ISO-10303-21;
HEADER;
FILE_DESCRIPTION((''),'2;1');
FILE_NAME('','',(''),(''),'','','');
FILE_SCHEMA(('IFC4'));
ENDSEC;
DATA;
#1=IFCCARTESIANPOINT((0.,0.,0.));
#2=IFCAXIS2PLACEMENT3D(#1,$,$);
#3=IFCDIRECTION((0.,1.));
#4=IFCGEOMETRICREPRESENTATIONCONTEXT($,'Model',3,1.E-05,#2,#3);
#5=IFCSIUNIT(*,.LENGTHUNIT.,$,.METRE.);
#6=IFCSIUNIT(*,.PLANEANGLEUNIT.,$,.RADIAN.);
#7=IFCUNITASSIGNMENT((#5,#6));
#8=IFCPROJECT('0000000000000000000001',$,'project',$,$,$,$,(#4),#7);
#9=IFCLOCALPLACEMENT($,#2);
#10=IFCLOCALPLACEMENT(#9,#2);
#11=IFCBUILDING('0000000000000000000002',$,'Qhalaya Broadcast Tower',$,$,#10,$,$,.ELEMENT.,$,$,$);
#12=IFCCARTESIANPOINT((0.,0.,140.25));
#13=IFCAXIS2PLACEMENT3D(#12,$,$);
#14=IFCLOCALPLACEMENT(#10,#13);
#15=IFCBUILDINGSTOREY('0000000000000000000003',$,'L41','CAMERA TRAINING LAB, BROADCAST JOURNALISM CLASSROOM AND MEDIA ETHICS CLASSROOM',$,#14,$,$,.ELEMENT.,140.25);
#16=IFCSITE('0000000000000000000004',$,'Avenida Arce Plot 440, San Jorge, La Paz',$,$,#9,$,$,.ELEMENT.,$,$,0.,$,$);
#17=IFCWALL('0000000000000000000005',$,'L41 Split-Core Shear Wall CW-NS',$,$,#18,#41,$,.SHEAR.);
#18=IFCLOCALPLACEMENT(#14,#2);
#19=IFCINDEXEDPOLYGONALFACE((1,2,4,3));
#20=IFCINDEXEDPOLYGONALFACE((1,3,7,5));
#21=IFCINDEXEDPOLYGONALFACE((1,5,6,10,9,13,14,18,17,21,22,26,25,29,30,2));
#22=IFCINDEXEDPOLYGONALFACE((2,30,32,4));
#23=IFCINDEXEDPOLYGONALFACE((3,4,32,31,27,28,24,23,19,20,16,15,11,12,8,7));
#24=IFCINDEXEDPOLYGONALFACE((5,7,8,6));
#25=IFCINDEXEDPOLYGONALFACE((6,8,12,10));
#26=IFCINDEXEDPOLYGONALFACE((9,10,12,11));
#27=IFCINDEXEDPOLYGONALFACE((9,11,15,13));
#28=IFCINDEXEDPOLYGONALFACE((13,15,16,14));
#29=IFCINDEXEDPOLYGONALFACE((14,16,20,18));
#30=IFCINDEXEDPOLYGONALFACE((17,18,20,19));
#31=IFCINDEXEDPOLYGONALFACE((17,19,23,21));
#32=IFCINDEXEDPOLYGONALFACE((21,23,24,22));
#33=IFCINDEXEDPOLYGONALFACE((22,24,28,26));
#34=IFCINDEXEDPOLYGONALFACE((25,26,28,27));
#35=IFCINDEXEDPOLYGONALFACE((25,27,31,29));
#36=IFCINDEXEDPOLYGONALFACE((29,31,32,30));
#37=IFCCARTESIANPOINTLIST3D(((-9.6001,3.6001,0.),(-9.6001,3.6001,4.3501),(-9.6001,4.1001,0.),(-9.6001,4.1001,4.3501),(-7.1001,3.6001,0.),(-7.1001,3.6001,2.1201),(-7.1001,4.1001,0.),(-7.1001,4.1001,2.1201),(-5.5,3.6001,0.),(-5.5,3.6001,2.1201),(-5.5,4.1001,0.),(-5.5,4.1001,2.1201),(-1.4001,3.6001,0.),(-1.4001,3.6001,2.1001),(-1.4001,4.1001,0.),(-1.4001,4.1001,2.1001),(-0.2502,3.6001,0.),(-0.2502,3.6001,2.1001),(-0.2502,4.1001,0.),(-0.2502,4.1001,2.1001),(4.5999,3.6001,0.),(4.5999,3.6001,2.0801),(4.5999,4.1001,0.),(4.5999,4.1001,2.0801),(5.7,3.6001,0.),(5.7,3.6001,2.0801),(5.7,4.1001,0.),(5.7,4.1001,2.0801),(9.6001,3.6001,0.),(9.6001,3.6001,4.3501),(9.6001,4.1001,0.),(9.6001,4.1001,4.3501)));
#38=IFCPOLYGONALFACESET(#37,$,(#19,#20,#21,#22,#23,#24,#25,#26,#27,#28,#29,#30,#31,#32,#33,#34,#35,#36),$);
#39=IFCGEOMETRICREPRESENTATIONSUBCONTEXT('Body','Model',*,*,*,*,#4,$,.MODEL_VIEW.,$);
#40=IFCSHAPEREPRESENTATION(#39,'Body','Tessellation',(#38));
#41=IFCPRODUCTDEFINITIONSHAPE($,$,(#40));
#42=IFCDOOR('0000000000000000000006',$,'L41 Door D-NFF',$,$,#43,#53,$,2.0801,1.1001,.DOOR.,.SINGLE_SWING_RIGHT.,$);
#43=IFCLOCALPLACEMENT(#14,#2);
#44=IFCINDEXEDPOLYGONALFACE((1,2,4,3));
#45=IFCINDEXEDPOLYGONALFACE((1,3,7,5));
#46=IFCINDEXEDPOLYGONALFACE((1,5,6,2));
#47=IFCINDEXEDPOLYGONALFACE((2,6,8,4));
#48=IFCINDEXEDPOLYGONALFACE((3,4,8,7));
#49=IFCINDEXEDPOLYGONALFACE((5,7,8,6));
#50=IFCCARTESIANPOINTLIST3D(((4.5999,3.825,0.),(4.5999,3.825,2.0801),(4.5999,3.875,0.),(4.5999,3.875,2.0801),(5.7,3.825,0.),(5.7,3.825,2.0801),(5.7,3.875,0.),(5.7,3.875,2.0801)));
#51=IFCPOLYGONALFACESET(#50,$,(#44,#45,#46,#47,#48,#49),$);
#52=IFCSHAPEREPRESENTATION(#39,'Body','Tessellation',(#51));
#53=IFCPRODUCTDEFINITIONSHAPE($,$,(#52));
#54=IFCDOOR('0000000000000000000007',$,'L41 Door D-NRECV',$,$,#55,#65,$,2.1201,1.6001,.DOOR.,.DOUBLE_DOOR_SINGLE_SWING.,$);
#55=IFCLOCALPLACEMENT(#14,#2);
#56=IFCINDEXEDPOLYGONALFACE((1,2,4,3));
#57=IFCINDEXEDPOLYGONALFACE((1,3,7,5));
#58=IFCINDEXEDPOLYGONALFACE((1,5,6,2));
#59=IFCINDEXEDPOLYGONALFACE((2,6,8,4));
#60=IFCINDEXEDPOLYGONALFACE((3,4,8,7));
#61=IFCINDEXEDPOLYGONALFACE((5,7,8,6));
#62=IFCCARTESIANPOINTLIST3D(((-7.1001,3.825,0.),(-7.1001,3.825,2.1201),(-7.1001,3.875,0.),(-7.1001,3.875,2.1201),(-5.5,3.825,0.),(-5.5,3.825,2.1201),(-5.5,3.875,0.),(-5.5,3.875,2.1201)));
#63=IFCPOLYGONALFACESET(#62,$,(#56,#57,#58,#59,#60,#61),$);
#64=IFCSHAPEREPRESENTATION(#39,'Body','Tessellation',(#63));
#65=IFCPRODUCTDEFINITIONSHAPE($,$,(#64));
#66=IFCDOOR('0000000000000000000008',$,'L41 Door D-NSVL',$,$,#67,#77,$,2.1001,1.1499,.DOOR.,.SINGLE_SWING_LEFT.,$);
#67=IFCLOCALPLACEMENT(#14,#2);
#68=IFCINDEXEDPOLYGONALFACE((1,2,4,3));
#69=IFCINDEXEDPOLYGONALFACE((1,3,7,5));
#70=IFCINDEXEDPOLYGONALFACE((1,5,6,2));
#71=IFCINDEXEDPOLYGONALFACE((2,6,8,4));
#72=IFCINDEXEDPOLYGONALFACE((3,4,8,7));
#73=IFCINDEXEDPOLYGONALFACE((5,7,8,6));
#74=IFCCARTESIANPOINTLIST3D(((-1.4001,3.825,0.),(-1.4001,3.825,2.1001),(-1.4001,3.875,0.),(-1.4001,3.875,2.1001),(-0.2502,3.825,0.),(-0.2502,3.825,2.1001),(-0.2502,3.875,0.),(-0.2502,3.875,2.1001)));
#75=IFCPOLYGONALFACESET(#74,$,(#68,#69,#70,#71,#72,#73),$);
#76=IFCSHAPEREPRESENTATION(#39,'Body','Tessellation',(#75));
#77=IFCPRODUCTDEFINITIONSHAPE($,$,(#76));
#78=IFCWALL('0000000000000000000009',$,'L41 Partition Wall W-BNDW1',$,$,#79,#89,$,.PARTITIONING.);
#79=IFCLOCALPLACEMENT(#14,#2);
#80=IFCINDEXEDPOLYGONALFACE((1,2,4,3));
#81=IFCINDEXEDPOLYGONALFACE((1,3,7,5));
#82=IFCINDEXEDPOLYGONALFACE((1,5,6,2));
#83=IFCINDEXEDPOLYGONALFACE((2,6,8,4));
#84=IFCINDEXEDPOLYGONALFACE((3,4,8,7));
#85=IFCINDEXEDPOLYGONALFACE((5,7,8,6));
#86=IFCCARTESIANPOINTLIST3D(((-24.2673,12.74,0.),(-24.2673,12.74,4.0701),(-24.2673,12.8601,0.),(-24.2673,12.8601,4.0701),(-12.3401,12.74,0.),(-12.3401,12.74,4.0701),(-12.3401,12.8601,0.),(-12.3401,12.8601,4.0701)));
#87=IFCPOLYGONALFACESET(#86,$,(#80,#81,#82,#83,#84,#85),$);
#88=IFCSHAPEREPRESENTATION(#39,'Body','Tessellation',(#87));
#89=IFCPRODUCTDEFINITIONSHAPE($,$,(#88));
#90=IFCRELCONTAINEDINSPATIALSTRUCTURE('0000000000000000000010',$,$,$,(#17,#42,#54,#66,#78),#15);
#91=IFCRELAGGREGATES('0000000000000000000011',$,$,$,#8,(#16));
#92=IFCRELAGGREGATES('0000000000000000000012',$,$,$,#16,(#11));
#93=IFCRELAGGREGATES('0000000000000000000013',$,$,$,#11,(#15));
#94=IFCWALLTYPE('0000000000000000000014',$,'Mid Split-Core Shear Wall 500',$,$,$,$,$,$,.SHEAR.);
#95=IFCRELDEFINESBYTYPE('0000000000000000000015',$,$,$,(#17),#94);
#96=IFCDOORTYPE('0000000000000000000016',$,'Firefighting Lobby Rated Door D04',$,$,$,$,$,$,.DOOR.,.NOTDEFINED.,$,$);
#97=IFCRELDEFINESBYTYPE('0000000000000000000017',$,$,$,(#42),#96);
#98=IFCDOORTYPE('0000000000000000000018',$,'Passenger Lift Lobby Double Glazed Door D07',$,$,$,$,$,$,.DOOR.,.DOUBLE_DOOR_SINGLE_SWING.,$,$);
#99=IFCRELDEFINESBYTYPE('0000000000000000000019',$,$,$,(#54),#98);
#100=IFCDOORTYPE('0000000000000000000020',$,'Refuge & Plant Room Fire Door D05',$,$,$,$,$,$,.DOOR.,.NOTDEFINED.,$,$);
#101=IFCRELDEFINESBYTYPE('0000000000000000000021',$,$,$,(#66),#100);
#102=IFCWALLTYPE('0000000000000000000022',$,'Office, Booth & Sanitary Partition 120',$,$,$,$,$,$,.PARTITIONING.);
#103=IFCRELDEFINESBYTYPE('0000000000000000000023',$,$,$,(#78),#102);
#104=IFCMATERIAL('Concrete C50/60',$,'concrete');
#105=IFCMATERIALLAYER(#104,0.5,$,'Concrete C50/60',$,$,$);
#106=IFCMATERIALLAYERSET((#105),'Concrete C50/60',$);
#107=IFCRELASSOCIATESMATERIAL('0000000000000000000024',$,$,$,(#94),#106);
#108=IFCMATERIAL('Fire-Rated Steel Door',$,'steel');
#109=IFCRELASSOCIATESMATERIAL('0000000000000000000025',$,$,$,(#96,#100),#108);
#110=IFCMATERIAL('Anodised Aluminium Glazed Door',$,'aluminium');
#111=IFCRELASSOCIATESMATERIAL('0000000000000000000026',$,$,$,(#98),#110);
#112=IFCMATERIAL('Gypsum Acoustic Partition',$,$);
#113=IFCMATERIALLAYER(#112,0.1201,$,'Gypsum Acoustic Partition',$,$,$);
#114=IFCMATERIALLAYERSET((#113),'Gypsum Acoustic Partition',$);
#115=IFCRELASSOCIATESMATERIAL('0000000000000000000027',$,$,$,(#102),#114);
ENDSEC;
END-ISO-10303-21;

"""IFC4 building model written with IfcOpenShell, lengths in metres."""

from ifc_helpers import new_model, si_unit, direction, frame, frame_2d, origin, place, context, subcontext, project, spatial, rectangle, extrude, material, layer, layer_set, type_object, element, fill, save


model = new_model("IFC4")

# Units and contexts
model_context = context("Model", 3, precision=1e-05, world=origin(), true_north=direction((0.0, 1.0)))
body_context = subcontext(model_context, "Body", "Model", "MODEL_VIEW")
ifc_project = project(units=[si_unit("LENGTHUNIT", "METRE"), si_unit("PLANEANGLEUNIT", "RADIAN")], contexts=[model_context])

# Site, building, storey
site_placement = place(None, origin())
site = spatial("IfcSite", under=ifc_project, at=site_placement, Name="Avenida Arce Plot 440, San Jorge, La Paz", CompositionType="ELEMENT", RefElevation=0.0)
building_placement = place(site_placement, origin())
building = spatial("IfcBuilding", under=site, at=building_placement, Name="Qhalaya Broadcast Tower", CompositionType="ELEMENT")
storey_placement = place(building_placement, frame((0.0, 0.0, 140.25)))
storey = spatial("IfcBuildingStorey", under=building, at=storey_placement, Name="L41", Description="CAMERA TRAINING LAB, BROADCAST JOURNALISM CLASSROOM AND MEDIA ETHICS CLASSROOM", CompositionType="ELEMENT", Elevation=140.25)

# Shared definitions
ifc_material_1 = material(Name="Gypsum Acoustic Partition")
ifc_material_2 = material(Name="Anodised Aluminium Glazed Door", Category="aluminium")

# Wall, openings, doors
ifc_material_3 = material(Name="Concrete C50/60", Category="concrete")
ifc_layer_1 = layer(ifc_material_3, 0.5, Name="Concrete C50/60")
ifc_layer_set_1 = layer_set([ifc_layer_1], Name="Concrete C50/60")
wall_type_1 = type_object("IfcWallType", Name="Mid Split-Core Shear Wall 500", PredefinedType="SHEAR", material=ifc_layer_set_1)
wall_1_placement = place(storey_placement, frame((-9.6001, 3.8501, 0.0), z_axis=(0.0, 0.0, 1.0), x_axis=(1.0, 0.0, 0.0)))
wall_1 = element("IfcWall", 1, at=wall_1_placement, inside=storey, type_object=wall_type_1, Name="L41 Split-Core Shear Wall CW-NS", PredefinedType="SHEAR", context=body_context, shape_type="SweptSolid", body=[
    extrude(rectangle(XDim=19.2002, YDim=0.5, at=frame_2d((9.6001, 0.0))), origin(), (0.0, 0.0, 1.0), 4.3501),
])
opening_1_placement = place(wall_1_placement, frame((14.2, 0.0, 0.0)))
opening_1 = element("IfcOpeningElement", 2, at=opening_1_placement, cuts=wall_1, PredefinedType="OPENING", context=body_context, shape_type="SweptSolid", body=[
    extrude(rectangle(XDim=1.1001, YDim=2.0801, at=frame_2d((0.55, 1.04))), frame((0.0, 0.262, 0.0), z_axis=(0.0, -1.0, 0.0), x_axis=(1.0, 0.0, 0.0)), (0.0, 0.0, 1.0), 0.5239),
])
opening_2_placement = place(wall_1_placement, frame((8.2, 0.0, 0.0)))
opening_2 = element("IfcOpeningElement", 3, at=opening_2_placement, cuts=wall_1, PredefinedType="OPENING", context=body_context, shape_type="SweptSolid", body=[
    extrude(rectangle(XDim=1.1499, YDim=2.1001, at=frame_2d((0.575, 1.05))), frame((0.0, 0.262, 0.0), z_axis=(0.0, -1.0, 0.0), x_axis=(1.0, 0.0, 0.0)), (0.0, 0.0, 1.0), 0.5239),
])
opening_3_placement = place(wall_1_placement, frame((2.5, 0.0, 0.0)))
opening_3 = element("IfcOpeningElement", 4, at=opening_3_placement, cuts=wall_1, PredefinedType="OPENING", context=body_context, shape_type="SweptSolid", body=[
    extrude(rectangle(XDim=1.6001, YDim=2.1201, at=frame_2d((0.8, 1.0601))), frame((0.0, 0.262, 0.0), z_axis=(0.0, -1.0, 0.0), x_axis=(1.0, 0.0, 0.0)), (0.0, 0.0, 1.0), 0.5239),
])
ifc_material_4 = material(Name="Fire-Rated Steel Door", Category="steel")
door_type_1 = type_object("IfcDoorType", Name="Firefighting Lobby Rated Door D04", OperationType="NOTDEFINED", PredefinedType="DOOR", material=ifc_material_4)
door_1_placement = place(opening_1_placement, origin())
door_1 = element("IfcDoor", 5, at=door_1_placement, inside=storey, type_object=door_type_1, Name="L41 Door D-NFF", OperationType="SINGLE_SWING_RIGHT", OverallHeight=2.0801, OverallWidth=1.1001, PredefinedType="DOOR", context=body_context, shape_type="SweptSolid", body=[
    extrude(rectangle(XDim=1.1001, YDim=2.0801, at=frame_2d((0.55, 1.04))), frame((0.0, 0.0249, 0.0), z_axis=(0.0, -1.0, 0.0), x_axis=(1.0, 0.0, 0.0)), (0.0, 0.0, 1.0), 0.05),
])
fill(opening_1, door_1)
door_type_2 = type_object("IfcDoorType", Name="Passenger Lift Lobby Double Glazed Door D07", OperationType="DOUBLE_DOOR_SINGLE_SWING", PredefinedType="DOOR", material=ifc_material_2)
door_2_placement = place(opening_3_placement, origin())
door_2 = element("IfcDoor", 6, at=door_2_placement, inside=storey, type_object=door_type_2, Name="L41 Door D-NRECV", OperationType="DOUBLE_DOOR_SINGLE_SWING", OverallHeight=2.1201, OverallWidth=1.6001, PredefinedType="DOOR", context=body_context, shape_type="SweptSolid", body=[
    extrude(rectangle(XDim=1.6001, YDim=2.1201, at=frame_2d((0.8, 1.0601))), frame((0.0, 0.0249, 0.0), z_axis=(0.0, -1.0, 0.0), x_axis=(1.0, 0.0, 0.0)), (0.0, 0.0, 1.0), 0.05),
])
fill(opening_3, door_2)
door_type_3 = type_object("IfcDoorType", Name="Refuge & Plant Room Fire Door D05", OperationType="NOTDEFINED", PredefinedType="DOOR", material=ifc_material_4)
door_3_placement = place(opening_2_placement, origin())
door_3 = element("IfcDoor", 7, at=door_3_placement, inside=storey, type_object=door_type_3, Name="L41 Door D-NSVL", OperationType="SINGLE_SWING_LEFT", OverallHeight=2.1001, OverallWidth=1.1499, PredefinedType="DOOR", context=body_context, shape_type="SweptSolid", body=[
    extrude(rectangle(XDim=1.1499, YDim=2.1001, at=frame_2d((0.575, 1.05))), frame((0.0, 0.0249, 0.0), z_axis=(0.0, -1.0, 0.0), x_axis=(1.0, 0.0, 0.0)), (0.0, 0.0, 1.0), 0.05),
])
fill(opening_2, door_3)

# Wall
ifc_layer_2 = layer(ifc_material_1, 0.1201, Name="Gypsum Acoustic Partition")
ifc_layer_set_2 = layer_set([ifc_layer_2], Name="Gypsum Acoustic Partition")
wall_type_2 = type_object("IfcWallType", Name="Office, Booth & Sanitary Partition 120", PredefinedType="PARTITIONING", material=ifc_layer_set_2)
wall_2_placement = place(storey_placement, frame((-24.2673, 12.8, 0.0), z_axis=(0.0, 0.0, 1.0), x_axis=(1.0, 0.0, 0.0)))
element("IfcWall", 8, at=wall_2_placement, inside=storey, type_object=wall_type_2, Name="L41 Partition Wall W-BNDW1", PredefinedType="PARTITIONING", context=body_context, shape_type="SweptSolid", body=[
    extrude(rectangle(XDim=11.9272, YDim=0.1201, at=frame_2d((5.9636, 0.0))), origin(), (0.0, 0.0, 1.0), 4.0701),
])

save(model, "model.ifc")
